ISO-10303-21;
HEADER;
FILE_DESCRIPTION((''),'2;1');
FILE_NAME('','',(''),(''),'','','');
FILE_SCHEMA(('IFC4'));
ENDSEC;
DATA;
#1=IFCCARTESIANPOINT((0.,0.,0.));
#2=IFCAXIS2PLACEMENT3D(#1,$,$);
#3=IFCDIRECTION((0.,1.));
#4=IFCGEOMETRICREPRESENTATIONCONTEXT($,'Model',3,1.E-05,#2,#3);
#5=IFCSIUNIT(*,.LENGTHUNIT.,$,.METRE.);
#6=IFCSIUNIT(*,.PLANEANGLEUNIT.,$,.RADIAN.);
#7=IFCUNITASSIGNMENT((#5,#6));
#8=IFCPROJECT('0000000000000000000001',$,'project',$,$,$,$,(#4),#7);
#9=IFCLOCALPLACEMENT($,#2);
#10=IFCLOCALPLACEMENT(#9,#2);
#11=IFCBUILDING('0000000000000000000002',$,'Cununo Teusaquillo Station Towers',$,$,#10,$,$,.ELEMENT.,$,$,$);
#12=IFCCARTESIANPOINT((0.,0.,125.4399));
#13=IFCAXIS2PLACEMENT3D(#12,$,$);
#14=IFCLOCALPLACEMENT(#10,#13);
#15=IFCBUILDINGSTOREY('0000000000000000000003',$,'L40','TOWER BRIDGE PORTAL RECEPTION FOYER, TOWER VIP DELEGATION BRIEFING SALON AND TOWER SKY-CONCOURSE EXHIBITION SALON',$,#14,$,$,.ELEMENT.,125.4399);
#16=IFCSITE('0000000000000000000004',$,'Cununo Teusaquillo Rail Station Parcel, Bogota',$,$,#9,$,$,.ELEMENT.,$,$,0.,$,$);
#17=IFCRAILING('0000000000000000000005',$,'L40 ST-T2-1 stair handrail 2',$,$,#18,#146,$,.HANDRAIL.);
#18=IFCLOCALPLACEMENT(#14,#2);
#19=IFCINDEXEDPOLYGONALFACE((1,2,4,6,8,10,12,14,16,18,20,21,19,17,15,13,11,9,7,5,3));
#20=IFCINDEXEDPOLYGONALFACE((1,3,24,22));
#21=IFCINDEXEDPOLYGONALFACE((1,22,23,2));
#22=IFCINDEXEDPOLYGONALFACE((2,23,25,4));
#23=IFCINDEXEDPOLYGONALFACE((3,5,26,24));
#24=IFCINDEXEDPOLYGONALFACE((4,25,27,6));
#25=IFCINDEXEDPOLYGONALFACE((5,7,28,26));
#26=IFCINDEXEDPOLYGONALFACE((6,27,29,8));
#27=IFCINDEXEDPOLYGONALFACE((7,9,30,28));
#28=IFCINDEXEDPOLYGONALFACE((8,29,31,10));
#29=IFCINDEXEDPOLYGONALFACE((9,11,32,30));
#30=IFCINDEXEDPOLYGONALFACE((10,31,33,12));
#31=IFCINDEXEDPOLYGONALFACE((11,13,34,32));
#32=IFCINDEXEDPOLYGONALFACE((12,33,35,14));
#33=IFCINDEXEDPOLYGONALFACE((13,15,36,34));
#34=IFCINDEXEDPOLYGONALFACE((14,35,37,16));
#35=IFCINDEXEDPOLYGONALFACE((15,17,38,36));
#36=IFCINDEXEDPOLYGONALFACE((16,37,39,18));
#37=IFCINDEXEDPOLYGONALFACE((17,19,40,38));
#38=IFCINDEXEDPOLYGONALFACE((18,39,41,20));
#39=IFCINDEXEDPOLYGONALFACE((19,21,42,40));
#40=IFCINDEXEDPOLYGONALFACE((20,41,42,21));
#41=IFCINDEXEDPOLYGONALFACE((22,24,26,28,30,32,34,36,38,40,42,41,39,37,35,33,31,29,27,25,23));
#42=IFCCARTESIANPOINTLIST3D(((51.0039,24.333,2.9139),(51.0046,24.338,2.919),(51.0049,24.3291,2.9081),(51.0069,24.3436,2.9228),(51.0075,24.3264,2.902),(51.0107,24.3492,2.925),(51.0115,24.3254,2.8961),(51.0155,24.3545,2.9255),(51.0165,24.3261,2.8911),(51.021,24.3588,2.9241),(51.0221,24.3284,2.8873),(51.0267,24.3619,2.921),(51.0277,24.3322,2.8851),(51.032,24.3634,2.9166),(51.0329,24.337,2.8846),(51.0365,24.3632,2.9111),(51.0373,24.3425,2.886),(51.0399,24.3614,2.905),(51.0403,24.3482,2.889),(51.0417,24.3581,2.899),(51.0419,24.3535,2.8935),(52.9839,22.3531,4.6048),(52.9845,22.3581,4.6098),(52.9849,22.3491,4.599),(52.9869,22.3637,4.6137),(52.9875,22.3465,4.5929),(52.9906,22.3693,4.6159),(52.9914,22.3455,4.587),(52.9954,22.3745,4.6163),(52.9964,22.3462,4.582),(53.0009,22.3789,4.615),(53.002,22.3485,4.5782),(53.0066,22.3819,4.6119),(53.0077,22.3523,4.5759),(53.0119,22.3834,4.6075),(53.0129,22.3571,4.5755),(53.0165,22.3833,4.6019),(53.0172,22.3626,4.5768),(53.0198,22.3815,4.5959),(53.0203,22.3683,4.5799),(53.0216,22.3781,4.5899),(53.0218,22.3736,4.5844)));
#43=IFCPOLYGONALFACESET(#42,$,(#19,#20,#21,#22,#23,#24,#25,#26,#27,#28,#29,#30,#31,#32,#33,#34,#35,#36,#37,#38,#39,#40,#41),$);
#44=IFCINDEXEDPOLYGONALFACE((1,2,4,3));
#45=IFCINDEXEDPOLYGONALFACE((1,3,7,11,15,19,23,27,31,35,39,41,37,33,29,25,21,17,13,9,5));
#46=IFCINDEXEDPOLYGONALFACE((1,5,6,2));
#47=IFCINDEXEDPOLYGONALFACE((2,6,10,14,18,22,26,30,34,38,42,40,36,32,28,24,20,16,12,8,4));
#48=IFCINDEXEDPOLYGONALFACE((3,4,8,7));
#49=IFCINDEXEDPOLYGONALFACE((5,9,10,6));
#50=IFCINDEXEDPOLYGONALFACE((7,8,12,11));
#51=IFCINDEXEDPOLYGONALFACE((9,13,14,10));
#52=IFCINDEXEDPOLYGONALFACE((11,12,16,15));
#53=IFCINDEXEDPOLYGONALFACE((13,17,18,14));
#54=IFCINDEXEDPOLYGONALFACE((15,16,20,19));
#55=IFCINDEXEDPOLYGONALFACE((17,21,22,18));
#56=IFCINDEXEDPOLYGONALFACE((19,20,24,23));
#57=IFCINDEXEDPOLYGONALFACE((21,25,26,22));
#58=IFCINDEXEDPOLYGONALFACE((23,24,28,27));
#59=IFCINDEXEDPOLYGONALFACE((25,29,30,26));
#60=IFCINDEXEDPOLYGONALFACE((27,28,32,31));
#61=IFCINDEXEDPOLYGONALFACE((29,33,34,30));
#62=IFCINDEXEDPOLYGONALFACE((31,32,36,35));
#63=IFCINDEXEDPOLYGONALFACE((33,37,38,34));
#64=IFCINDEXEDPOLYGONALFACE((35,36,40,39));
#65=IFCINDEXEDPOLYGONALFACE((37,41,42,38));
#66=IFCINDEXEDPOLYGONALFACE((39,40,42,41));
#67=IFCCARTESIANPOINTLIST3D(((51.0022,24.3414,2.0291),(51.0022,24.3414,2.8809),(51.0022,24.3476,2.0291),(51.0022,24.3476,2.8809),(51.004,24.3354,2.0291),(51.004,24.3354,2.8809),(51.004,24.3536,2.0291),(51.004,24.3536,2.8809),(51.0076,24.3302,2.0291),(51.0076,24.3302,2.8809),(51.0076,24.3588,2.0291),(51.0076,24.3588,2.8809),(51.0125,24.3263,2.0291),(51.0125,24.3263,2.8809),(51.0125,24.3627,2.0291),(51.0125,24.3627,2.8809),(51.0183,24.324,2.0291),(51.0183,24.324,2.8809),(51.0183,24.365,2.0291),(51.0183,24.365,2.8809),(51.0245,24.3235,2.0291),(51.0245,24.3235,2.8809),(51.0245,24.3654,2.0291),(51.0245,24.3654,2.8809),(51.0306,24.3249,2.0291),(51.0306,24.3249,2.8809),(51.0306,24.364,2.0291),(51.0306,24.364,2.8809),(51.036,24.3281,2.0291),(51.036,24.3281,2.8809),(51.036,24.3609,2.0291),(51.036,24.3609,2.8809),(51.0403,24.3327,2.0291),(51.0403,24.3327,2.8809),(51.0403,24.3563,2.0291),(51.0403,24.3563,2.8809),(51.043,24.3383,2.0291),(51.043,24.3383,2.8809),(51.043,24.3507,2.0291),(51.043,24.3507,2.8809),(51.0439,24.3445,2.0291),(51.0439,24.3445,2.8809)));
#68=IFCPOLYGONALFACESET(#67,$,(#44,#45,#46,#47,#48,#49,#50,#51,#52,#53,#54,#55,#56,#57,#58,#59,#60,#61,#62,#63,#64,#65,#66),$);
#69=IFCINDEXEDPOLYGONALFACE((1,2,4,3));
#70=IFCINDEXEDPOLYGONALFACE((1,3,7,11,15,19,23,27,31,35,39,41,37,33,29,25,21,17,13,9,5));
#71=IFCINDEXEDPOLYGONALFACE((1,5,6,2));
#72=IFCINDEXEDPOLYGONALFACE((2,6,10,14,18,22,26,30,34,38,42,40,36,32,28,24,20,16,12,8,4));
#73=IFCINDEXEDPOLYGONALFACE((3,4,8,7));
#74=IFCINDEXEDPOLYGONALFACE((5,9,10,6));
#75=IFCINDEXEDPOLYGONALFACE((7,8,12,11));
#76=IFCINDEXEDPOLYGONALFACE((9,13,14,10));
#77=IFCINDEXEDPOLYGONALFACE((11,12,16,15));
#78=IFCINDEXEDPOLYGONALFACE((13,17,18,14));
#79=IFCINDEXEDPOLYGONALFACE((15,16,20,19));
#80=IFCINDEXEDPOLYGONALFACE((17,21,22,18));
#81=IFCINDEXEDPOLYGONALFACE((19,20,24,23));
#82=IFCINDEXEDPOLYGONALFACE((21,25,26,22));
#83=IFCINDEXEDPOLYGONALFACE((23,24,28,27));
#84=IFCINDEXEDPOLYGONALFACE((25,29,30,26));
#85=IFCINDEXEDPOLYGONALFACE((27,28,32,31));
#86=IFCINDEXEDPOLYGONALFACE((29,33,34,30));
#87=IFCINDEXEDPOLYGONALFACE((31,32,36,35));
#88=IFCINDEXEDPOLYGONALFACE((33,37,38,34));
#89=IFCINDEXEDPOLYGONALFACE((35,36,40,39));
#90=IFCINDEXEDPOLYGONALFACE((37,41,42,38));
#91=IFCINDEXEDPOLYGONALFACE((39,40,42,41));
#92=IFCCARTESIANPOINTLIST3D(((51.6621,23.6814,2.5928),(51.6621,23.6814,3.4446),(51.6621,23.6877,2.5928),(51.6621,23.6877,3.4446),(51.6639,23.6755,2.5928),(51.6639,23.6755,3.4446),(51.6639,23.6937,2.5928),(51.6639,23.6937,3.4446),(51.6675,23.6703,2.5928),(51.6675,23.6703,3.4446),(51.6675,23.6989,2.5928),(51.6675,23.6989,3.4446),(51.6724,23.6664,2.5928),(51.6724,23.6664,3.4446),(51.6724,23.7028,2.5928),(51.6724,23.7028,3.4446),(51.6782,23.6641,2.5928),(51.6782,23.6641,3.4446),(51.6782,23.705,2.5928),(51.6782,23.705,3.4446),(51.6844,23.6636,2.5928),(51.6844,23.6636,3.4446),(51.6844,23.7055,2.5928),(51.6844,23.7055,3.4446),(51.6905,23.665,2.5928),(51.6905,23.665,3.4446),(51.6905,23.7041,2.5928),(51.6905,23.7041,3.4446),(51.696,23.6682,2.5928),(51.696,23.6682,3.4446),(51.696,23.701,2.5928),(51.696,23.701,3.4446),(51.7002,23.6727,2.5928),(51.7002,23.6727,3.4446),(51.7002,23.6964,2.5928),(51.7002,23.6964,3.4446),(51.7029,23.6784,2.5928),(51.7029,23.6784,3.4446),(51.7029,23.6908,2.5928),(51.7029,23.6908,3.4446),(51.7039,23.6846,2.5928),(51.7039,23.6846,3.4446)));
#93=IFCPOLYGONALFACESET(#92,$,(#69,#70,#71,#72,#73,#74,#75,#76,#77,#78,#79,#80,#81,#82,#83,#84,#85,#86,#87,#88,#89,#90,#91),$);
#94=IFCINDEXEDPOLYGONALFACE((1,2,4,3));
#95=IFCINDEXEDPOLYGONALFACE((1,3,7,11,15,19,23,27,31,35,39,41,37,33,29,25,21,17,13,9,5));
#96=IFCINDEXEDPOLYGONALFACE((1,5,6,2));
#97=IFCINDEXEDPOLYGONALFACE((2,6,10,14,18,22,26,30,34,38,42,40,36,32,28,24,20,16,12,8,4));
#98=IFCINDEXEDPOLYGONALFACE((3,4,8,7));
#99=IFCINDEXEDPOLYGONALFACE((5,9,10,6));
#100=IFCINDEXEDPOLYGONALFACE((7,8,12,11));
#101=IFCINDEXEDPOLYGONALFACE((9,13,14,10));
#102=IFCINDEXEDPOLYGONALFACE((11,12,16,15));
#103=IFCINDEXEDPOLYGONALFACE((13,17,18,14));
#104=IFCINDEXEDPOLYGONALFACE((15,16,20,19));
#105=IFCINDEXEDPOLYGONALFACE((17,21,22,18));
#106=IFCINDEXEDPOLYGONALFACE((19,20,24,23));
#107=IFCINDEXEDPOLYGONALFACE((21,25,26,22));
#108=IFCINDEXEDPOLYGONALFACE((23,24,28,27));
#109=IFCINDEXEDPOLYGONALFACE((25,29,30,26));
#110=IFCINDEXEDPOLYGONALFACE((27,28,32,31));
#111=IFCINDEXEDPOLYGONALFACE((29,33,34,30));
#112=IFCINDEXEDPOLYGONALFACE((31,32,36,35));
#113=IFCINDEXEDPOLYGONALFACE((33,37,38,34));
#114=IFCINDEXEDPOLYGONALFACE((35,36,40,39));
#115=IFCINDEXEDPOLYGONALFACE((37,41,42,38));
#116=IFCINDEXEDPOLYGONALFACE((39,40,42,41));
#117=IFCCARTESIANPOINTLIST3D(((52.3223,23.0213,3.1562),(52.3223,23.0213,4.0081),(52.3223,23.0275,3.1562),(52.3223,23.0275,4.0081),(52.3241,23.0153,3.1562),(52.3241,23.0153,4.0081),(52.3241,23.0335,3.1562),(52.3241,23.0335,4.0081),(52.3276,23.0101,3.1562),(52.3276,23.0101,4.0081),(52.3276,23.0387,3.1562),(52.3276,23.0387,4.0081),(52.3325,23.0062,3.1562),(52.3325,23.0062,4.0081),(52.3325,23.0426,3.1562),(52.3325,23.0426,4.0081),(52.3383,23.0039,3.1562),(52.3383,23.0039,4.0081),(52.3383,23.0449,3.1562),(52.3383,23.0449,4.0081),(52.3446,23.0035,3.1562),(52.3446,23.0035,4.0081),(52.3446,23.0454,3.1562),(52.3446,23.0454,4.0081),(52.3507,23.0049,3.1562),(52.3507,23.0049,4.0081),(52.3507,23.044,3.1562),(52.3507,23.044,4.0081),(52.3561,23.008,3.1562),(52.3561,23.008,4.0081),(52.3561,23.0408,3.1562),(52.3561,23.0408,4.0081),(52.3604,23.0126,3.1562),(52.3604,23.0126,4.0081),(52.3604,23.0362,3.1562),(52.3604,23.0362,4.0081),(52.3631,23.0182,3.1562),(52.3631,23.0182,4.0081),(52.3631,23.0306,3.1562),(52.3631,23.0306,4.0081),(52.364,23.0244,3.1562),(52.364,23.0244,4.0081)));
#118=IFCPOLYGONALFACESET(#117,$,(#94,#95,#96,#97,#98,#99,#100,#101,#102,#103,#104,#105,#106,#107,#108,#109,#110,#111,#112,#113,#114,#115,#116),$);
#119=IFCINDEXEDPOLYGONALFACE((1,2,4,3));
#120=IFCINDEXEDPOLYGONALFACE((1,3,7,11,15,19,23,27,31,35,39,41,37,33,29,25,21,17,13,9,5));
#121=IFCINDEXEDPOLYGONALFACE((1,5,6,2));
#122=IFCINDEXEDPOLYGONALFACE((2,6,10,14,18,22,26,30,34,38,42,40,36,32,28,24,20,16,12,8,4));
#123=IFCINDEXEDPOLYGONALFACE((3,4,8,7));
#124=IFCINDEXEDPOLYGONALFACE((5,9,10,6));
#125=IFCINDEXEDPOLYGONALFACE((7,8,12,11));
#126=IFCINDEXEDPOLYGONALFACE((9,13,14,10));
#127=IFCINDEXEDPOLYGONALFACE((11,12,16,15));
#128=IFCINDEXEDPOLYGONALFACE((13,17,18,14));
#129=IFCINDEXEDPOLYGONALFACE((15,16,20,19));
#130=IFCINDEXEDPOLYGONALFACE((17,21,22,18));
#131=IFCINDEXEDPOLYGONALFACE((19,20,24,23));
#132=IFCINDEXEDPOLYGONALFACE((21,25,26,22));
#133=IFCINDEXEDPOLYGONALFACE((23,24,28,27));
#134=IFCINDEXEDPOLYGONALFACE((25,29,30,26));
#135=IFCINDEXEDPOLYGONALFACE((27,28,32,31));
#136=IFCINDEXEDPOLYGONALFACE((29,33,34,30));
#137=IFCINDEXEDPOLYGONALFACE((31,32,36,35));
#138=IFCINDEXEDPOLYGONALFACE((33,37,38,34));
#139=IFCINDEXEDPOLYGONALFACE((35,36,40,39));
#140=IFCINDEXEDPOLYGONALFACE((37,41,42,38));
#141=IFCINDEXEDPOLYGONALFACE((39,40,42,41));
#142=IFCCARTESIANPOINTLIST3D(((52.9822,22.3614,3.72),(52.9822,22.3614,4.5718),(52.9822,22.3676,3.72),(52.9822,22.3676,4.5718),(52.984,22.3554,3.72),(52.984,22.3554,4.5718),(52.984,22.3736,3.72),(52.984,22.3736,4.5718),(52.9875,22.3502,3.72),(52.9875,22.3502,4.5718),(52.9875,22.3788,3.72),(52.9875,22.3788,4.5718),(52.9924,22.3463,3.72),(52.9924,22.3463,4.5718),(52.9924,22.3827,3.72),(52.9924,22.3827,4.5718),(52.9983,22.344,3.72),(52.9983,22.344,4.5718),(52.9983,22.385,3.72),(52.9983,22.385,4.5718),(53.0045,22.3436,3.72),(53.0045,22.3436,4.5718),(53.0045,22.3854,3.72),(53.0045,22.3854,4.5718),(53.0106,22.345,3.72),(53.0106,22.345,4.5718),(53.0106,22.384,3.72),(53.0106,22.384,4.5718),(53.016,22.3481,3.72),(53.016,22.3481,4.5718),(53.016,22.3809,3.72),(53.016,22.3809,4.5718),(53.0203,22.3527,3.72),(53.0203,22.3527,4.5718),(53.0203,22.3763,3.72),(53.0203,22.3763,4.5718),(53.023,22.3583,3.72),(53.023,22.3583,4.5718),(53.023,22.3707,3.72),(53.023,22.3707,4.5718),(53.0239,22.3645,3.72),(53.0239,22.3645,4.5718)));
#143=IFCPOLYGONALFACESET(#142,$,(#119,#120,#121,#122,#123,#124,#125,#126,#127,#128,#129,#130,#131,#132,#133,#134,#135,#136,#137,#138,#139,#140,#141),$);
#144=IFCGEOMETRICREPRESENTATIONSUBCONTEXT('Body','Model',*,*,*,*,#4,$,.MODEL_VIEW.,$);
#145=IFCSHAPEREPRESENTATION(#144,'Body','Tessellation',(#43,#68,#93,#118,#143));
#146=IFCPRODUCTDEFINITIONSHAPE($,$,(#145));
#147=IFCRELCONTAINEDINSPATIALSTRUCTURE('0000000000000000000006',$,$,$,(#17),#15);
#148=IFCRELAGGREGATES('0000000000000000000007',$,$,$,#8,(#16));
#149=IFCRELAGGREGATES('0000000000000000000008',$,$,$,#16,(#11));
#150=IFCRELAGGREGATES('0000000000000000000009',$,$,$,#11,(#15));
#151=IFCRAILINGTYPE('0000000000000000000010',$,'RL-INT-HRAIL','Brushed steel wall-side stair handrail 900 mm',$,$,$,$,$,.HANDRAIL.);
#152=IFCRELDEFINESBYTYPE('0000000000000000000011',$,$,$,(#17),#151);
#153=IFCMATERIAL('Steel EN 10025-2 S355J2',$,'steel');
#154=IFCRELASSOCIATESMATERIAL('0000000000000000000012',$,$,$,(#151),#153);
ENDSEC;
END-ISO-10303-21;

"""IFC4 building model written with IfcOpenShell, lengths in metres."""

from ifc_helpers import new_model, si_unit, direction, frame, origin, origin_2d, place, context, subcontext, project, spatial, circle, extrude, material, type_object, element, save


model = new_model("IFC4")

# Units and contexts
model_context = context("Model", 3, precision=1e-05, world=origin(), true_north=direction((0.0, 1.0)))
body_context = subcontext(model_context, "Body", "Model", "MODEL_VIEW")
ifc_project = project(units=[si_unit("LENGTHUNIT", "METRE"), si_unit("PLANEANGLEUNIT", "RADIAN")], contexts=[model_context])

# Site, building, storey
site_placement = place(None, origin())
site = spatial("IfcSite", under=ifc_project, at=site_placement, Name="Cununo Teusaquillo Rail Station Parcel, Bogota", CompositionType="ELEMENT", RefElevation=0.0)
building_placement = place(site_placement, origin())
building = spatial("IfcBuilding", under=site, at=building_placement, Name="Cununo Teusaquillo Station Towers", CompositionType="ELEMENT")
storey_placement = place(building_placement, frame((0.0, 0.0, 125.4399)))
storey = spatial("IfcBuildingStorey", under=building, at=storey_placement, Name="L40", Description="TOWER BRIDGE PORTAL RECEPTION FOYER, TOWER VIP DELEGATION BRIEFING SALON AND TOWER SKY-CONCOURSE EXHIBITION SALON", CompositionType="ELEMENT", Elevation=125.4399)

# Railing
ifc_material_1 = material(Name="Steel EN 10025-2 S355J2", Category="steel")
railing_type_1 = type_object("IfcRailingType", Name="RL-INT-HRAIL", Description="Brushed steel wall-side stair handrail 900 mm", PredefinedType="HANDRAIL", material=ifc_material_1)
railing_1_placement = place(storey_placement, frame((51.0229, 24.3445, 2.0291)))
element("IfcRailing", 1, at=railing_1_placement, inside=storey, type_object=railing_type_1, Name="L40 ST-T2-1 stair handrail 2", PredefinedType="HANDRAIL", context=body_context, shape_type="SweptSolid", body=[
    extrude(circle(Radius=0.0239, at=origin_2d()), frame((0.0, 0.0, 0.876), z_axis=(0.605302, -0.605302, 0.516932), x_axis=(0.707107, 0.707107, 0.0)), (0.0, 0.0, 1.0), 3.271),
    extrude(circle(Radius=0.021, at=origin_2d()), origin(), (0.0, 0.0, 1.0), 0.8518),
    extrude(circle(Radius=0.021, at=origin_2d()), frame((0.6599, -0.6599, 0.5637)), (0.0, 0.0, 1.0), 0.8518),
    extrude(circle(Radius=0.021, at=origin_2d()), frame((1.3201, -1.3201, 1.1272)), (0.0, 0.0, 1.0), 0.8518),
    extrude(circle(Radius=0.021, at=origin_2d()), frame((1.98, -1.98, 1.6909)), (0.0, 0.0, 1.0), 0.8518),
])

save(model, "model.ifc")
